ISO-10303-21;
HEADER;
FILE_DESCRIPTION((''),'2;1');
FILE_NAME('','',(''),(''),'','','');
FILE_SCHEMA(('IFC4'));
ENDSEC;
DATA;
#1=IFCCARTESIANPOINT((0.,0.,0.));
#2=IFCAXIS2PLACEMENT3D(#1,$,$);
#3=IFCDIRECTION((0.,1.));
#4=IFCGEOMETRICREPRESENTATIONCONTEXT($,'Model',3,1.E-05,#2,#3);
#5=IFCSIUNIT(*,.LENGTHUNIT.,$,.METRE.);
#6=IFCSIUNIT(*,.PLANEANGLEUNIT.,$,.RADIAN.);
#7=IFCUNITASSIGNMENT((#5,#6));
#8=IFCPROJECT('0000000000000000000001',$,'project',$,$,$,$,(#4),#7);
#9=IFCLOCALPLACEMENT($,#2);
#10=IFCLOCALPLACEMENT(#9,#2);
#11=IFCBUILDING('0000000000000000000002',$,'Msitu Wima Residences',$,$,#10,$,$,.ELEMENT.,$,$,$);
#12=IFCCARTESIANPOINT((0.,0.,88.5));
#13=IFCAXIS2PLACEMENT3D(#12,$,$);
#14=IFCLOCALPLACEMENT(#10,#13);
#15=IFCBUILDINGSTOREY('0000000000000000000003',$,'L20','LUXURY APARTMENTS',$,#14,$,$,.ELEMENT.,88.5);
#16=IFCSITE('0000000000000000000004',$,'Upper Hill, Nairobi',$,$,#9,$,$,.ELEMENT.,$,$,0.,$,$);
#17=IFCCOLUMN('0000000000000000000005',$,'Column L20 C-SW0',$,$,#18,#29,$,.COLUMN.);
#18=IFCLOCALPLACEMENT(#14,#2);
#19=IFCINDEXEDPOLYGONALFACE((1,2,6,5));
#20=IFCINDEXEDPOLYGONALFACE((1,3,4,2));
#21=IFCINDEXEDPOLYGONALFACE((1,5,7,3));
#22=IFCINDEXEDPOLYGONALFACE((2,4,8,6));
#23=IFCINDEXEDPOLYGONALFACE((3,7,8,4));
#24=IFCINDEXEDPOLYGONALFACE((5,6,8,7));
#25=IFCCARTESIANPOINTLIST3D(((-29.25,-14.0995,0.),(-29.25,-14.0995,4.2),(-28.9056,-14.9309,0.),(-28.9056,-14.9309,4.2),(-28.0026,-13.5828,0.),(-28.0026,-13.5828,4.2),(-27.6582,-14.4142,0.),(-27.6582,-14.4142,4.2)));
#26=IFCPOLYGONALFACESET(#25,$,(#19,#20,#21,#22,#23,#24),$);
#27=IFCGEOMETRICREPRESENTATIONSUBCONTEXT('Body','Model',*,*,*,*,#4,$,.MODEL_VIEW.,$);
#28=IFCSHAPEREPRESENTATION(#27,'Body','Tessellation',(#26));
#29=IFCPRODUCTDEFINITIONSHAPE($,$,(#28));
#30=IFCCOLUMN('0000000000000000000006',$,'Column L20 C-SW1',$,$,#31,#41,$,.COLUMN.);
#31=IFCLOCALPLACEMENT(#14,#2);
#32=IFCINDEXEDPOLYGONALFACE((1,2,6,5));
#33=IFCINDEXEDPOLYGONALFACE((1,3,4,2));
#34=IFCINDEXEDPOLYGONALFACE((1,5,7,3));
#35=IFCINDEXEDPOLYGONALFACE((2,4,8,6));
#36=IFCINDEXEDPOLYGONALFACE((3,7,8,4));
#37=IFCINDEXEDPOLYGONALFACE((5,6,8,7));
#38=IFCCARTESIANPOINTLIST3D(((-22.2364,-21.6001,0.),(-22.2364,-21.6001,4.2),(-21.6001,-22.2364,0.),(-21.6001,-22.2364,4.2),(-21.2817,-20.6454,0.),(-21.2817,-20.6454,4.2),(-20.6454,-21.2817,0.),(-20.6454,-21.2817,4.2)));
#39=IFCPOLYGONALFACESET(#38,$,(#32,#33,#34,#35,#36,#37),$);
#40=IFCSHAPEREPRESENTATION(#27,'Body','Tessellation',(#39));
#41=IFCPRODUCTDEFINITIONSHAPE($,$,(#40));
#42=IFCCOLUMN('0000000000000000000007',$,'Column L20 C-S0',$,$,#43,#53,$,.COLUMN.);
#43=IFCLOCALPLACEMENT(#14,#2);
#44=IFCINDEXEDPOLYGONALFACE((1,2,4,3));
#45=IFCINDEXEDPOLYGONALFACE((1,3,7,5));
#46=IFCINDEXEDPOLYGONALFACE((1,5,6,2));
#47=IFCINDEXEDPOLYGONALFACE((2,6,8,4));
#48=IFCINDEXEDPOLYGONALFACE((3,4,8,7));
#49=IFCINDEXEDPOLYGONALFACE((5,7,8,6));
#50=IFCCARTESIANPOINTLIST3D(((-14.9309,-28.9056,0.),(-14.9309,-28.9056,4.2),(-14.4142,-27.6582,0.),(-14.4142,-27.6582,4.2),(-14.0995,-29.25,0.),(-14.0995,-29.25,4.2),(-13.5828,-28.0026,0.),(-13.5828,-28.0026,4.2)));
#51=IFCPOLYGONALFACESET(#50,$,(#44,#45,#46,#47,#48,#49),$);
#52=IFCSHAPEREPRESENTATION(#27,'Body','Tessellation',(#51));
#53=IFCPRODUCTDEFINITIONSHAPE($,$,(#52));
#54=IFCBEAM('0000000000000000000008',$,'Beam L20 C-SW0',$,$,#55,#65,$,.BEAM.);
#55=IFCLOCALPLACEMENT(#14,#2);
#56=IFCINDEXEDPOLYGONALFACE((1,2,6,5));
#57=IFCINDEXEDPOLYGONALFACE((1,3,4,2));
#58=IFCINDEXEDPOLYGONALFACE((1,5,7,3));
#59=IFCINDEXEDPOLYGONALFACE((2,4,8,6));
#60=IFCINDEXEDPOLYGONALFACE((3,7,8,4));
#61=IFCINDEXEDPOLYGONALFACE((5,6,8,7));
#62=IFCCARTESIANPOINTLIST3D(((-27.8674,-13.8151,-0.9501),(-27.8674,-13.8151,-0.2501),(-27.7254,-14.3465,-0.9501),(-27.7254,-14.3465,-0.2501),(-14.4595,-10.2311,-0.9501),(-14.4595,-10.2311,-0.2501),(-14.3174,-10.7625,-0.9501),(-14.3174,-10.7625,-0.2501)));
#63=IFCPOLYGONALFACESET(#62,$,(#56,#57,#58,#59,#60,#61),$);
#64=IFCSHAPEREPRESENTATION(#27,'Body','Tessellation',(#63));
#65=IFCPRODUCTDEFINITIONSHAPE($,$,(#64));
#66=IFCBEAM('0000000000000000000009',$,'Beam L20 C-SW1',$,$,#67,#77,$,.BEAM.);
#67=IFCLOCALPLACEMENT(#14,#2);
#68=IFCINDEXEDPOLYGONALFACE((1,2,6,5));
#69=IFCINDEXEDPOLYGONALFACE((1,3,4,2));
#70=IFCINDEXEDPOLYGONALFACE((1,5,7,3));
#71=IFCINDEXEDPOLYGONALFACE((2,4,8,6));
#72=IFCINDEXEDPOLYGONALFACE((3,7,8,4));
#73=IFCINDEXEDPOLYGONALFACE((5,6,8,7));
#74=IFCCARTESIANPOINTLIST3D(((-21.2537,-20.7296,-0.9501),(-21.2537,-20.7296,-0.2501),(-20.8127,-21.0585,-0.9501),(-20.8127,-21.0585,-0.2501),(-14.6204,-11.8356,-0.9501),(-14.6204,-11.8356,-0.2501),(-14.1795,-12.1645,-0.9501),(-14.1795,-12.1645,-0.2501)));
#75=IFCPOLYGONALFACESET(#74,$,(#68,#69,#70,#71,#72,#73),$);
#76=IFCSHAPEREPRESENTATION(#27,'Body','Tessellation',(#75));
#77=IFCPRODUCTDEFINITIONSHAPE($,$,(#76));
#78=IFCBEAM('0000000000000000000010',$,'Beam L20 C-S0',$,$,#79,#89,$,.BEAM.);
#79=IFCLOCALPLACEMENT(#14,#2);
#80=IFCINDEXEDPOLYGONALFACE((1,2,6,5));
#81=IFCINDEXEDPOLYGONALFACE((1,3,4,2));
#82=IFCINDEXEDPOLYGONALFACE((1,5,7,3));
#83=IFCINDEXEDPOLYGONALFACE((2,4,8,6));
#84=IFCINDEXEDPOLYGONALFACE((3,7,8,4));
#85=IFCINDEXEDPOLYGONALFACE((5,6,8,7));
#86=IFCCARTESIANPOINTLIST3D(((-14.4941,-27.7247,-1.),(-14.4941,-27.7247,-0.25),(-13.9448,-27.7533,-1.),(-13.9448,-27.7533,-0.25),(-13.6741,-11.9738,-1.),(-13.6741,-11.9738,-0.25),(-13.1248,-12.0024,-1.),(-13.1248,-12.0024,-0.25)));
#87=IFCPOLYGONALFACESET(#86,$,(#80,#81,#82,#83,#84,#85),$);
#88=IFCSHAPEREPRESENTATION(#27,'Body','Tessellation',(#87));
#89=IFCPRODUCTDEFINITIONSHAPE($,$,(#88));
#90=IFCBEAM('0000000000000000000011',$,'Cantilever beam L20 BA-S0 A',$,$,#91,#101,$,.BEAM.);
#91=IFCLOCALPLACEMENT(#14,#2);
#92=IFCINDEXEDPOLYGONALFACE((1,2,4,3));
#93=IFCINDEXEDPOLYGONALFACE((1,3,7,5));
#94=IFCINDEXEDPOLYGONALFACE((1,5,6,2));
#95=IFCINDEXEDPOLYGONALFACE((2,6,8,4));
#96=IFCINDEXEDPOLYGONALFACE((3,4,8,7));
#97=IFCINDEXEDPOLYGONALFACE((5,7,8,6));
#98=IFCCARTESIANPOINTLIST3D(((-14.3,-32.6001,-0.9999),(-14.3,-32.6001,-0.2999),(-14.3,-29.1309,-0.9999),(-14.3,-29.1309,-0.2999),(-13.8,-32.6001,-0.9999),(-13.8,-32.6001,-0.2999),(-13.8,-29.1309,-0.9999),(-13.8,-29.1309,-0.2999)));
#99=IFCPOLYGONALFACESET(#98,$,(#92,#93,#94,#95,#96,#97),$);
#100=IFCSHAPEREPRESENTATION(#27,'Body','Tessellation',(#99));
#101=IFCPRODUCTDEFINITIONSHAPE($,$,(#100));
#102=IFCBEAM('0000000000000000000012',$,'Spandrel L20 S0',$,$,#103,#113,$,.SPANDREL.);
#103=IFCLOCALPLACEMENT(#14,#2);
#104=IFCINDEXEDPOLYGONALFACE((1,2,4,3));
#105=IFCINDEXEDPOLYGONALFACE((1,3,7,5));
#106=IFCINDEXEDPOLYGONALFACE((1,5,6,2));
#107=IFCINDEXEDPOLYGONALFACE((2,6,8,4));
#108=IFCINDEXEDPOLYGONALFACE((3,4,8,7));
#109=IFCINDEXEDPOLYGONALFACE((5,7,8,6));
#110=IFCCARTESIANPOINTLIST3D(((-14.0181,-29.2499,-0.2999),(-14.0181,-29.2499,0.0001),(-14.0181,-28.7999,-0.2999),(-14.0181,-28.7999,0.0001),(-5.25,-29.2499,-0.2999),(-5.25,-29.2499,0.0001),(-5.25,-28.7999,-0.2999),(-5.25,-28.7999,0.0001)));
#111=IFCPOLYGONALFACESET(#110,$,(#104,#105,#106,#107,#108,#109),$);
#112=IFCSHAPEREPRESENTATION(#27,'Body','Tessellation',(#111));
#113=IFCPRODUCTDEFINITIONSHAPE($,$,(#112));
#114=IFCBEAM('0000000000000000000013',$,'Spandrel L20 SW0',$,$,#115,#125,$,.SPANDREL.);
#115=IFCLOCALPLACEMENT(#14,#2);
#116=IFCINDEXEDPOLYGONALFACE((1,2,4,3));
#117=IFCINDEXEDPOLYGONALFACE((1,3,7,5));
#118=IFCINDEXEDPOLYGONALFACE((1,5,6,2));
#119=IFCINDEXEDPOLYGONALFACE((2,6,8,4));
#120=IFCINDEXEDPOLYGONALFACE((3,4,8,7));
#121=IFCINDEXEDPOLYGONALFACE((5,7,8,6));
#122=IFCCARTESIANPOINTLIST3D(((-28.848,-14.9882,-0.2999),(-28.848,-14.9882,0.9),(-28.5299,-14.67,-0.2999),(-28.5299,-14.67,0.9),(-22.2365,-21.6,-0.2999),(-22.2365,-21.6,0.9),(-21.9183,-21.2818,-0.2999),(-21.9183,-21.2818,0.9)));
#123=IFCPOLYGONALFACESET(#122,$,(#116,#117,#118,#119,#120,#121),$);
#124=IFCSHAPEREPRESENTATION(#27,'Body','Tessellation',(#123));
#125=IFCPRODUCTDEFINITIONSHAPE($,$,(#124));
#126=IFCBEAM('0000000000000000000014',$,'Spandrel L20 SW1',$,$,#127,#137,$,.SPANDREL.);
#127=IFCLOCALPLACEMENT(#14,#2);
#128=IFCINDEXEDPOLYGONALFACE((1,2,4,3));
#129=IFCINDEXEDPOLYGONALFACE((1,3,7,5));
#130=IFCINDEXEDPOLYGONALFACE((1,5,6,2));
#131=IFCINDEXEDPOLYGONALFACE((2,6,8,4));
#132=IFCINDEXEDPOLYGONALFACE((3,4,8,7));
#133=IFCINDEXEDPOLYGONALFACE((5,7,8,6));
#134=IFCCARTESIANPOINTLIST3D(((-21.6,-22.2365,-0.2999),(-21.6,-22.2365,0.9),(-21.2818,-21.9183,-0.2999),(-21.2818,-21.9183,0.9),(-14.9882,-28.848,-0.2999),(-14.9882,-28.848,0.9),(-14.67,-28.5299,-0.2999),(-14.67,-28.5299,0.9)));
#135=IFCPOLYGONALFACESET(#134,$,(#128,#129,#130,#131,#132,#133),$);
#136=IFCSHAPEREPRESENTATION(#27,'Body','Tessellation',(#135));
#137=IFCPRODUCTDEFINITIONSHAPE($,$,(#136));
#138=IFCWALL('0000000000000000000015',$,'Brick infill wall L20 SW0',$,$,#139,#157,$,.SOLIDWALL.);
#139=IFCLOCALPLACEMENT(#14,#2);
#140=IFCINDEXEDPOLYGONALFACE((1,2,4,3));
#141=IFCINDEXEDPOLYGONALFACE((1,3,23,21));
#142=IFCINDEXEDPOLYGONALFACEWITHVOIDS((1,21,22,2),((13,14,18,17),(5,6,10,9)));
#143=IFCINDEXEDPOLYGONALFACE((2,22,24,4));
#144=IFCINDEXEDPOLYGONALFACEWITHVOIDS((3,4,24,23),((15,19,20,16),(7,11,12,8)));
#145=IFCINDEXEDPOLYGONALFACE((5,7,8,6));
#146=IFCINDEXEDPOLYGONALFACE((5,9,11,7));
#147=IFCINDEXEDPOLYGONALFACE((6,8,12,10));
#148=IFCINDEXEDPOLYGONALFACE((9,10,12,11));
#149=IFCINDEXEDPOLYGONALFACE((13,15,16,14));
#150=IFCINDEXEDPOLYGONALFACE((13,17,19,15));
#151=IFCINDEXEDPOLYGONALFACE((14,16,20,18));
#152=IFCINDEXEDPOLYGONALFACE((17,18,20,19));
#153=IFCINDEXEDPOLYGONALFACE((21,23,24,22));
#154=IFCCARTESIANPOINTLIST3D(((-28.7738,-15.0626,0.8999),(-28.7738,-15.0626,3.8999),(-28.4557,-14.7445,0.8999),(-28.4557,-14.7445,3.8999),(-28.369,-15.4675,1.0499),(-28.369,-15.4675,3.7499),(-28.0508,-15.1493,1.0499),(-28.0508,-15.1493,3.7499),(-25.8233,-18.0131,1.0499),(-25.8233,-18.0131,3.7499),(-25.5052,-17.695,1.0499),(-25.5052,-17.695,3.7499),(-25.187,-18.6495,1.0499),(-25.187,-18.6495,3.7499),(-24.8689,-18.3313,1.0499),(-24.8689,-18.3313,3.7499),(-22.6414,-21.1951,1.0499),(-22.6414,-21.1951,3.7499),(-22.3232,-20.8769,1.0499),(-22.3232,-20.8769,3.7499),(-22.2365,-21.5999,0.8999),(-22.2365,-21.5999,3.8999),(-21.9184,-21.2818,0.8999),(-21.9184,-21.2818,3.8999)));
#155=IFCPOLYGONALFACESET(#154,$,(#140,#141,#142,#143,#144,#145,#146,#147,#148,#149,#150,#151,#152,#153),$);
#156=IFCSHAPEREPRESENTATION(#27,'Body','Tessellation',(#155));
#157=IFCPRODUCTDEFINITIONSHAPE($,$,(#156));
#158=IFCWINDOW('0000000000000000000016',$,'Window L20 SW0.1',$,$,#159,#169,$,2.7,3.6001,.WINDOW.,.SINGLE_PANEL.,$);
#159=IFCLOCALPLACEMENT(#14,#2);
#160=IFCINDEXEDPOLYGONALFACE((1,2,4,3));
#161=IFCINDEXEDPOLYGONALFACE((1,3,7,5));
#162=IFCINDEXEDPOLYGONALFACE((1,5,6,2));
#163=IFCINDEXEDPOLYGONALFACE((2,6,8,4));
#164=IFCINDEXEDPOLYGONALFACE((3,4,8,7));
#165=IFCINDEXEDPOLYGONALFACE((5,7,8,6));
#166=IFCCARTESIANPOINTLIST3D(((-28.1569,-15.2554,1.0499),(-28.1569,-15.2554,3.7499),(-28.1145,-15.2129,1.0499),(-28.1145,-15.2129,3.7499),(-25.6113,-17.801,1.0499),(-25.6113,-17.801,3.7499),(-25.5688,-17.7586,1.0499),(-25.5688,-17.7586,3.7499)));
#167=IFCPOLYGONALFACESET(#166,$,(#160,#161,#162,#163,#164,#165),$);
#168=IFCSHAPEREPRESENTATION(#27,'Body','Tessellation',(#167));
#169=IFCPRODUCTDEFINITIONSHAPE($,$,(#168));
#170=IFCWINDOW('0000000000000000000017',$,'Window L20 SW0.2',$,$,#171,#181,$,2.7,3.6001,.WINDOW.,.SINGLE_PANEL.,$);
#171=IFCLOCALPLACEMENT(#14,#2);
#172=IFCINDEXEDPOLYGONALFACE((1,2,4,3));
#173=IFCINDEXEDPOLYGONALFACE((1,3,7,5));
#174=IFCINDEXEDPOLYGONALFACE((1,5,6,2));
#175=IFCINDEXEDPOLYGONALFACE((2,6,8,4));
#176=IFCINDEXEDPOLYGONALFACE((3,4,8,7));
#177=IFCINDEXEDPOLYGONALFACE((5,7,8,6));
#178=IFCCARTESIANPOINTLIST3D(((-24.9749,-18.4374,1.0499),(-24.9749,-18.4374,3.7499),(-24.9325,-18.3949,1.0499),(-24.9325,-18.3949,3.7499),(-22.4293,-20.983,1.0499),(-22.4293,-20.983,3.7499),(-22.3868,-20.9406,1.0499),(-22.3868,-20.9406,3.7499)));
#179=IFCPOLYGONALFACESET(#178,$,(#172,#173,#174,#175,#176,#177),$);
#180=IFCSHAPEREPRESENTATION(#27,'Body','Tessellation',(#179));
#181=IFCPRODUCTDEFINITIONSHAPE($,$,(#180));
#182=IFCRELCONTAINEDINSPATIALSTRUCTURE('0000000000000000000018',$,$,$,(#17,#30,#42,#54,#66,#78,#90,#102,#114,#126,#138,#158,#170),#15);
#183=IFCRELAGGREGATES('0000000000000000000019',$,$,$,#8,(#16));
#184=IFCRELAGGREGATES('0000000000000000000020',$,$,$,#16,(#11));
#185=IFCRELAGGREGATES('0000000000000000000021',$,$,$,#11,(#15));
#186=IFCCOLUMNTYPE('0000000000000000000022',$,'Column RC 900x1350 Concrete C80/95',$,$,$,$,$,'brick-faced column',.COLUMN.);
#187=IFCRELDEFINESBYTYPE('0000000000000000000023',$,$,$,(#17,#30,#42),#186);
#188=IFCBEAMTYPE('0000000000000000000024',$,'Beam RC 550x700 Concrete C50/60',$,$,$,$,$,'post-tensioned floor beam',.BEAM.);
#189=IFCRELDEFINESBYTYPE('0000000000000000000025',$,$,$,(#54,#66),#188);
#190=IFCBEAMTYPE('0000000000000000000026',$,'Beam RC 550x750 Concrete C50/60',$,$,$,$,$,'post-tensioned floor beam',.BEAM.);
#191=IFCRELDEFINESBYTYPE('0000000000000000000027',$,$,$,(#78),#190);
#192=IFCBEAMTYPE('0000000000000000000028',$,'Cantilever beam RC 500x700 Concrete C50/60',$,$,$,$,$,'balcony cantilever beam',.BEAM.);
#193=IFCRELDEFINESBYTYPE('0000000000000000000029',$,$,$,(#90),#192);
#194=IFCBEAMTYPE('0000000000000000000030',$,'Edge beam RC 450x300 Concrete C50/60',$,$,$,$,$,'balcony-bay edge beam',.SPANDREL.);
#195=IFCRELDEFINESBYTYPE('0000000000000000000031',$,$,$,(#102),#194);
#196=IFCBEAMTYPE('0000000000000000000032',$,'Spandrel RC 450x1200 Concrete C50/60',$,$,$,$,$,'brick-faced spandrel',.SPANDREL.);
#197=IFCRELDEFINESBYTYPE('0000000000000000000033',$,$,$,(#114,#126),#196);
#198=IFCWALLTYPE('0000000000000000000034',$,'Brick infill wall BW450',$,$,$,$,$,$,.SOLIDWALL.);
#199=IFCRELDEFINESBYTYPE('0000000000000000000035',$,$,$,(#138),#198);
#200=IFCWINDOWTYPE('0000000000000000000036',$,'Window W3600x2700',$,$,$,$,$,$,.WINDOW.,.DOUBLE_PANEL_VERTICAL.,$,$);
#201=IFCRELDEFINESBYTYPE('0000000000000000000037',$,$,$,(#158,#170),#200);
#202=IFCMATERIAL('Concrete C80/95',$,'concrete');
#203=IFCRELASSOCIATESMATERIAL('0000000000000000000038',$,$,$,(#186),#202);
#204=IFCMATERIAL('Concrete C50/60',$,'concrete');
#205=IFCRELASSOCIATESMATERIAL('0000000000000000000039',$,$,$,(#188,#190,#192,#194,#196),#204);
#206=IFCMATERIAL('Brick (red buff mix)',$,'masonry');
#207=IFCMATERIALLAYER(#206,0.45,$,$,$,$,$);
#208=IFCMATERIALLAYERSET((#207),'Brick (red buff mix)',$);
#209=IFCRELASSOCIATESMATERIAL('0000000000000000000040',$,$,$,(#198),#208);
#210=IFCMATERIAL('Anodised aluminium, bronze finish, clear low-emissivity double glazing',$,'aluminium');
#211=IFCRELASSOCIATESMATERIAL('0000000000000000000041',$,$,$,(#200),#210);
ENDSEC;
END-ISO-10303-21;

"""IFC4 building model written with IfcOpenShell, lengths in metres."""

from ifc_helpers import new_model, si_unit, direction, frame, frame_2d, origin, origin_2d, place, context, subcontext, project, spatial, rectangle, extrude, material, layer, layer_set, material_profile, profile_set, type_object, element, fill, save


model = new_model("IFC4")

# Units and contexts
model_context = context("Model", 3, precision=1e-05, world=origin(), true_north=direction((0.0, 1.0)))
body_context = subcontext(model_context, "Body", "Model", "MODEL_VIEW")
ifc_project = project(units=[si_unit("LENGTHUNIT", "METRE"), si_unit("PLANEANGLEUNIT", "RADIAN")], contexts=[model_context])

# Site, building, storey
site_placement = place(None, origin())
site = spatial("IfcSite", under=ifc_project, at=site_placement, Name="Upper Hill, Nairobi", CompositionType="ELEMENT", RefElevation=0.0)
building_placement = place(site_placement, origin())
building = spatial("IfcBuilding", under=site, at=building_placement, Name="Msitu Wima Residences", CompositionType="ELEMENT")
storey_placement = place(building_placement, frame((0.0, 0.0, 88.5)))
storey = spatial("IfcBuildingStorey", under=building, at=storey_placement, Name="L20", Description="LUXURY APARTMENTS", CompositionType="ELEMENT", Elevation=88.5)

# Columns
ifc_material_1 = material(Name="Concrete C80/95", Category="concrete")
ifc_material_profile_1 = material_profile(ifc_material_1, rectangle(XDim=0.8999, YDim=1.3501, at=origin_2d()), Name="RC 900x1350")
ifc_profile_set_1 = profile_set([ifc_material_profile_1], Name="Concrete C80/95")
column_type = type_object("IfcColumnType", Name="Column RC 900x1350 Concrete C80/95", ElementType="brick-faced column", PredefinedType="COLUMN", material=ifc_profile_set_1)
for number, where, z_axis, x_axis, name in (
    (1, (-28.4541, -14.2568, 0.0), (0.0, 0.0, 1.0), (0.382683, -0.92388, 0.0), "Column L20 C-SW0"),
    (2, (-21.4409, -21.4409, 0.0), (0.0, 0.0, 1.0), (0.707107, -0.707107, 0.0), "Column L20 C-SW1"),
    (3, (-14.2568, -28.4541, 0.0), (0.0, 0.0, 1.0), (0.92388, -0.382683, 0.0), "Column L20 C-S0"),
):
    element("IfcColumn", number, at=place(storey_placement, frame(where, z_axis=z_axis, x_axis=x_axis)), inside=storey, type_object=column_type, Name=name, PredefinedType="COLUMN", context=body_context, shape_type="SweptSolid", body=[
        extrude(rectangle(XDim=0.8999, YDim=1.3501, at=origin_2d()), origin(), (0.0, 0.0, 1.0), 4.2),
    ])

# Beams
ifc_material_2 = material(Name="Concrete C50/60", Category="concrete")
ifc_material_profile_2 = material_profile(ifc_material_2, rectangle(XDim=0.55, YDim=0.7, at=origin_2d()), Name="RC 550x700")
ifc_profile_set_2 = profile_set([ifc_material_profile_2], Name="Concrete C50/60")
beam_type_1 = type_object("IfcBeamType", Name="Beam RC 550x700 Concrete C50/60", ElementType="post-tensioned floor beam", PredefinedType="BEAM", material=ifc_profile_set_2)
beam_1_placement = place(storey_placement, frame((-27.7964, -14.0808, -0.6001), z_axis=(0.966082, 0.258236, 0.0), x_axis=(-0.258236, 0.966082, 0.0)))
element("IfcBeam", 4, at=beam_1_placement, inside=storey, type_object=beam_type_1, Name="Beam L20 C-SW0", PredefinedType="BEAM", context=body_context, shape_type="SweptSolid", body=[
    extrude(rectangle(XDim=0.55, YDim=0.7, at=origin_2d()), origin(), (0.0, 0.0, 1.0), 13.8787),
])
beam_2_placement = place(storey_placement, frame((-21.0332, -20.894, -0.6001), z_axis=(0.59785, 0.801608, 0.0), x_axis=(-0.801608, 0.59785, 0.0)))
element("IfcBeam", 5, at=beam_2_placement, inside=storey, type_object=beam_type_1, Name="Beam L20 C-SW1", PredefinedType="BEAM", context=body_context, shape_type="SweptSolid", body=[
    extrude(rectangle(XDim=0.55, YDim=0.7, at=origin_2d()), origin(), (0.0, 0.0, 1.0), 11.0952),
])
ifc_material_profile_3 = material_profile(ifc_material_2, rectangle(XDim=0.55, YDim=0.75, at=origin_2d()), Name="RC 550x750")
ifc_profile_set_3 = profile_set([ifc_material_profile_3], Name="Concrete C50/60")
beam_type_2 = type_object("IfcBeamType", Name="Beam RC 550x750 Concrete C50/60", ElementType="post-tensioned floor beam", PredefinedType="BEAM", material=ifc_profile_set_3)
beam_3_placement = place(storey_placement, frame((-14.2195, -27.739, -0.625), z_axis=(0.051994, 0.998647, 0.0), x_axis=(-0.998647, 0.051994, 0.0)))
element("IfcBeam", 6, at=beam_3_placement, inside=storey, type_object=beam_type_2, Name="Beam L20 C-S0", PredefinedType="BEAM", context=body_context, shape_type="SweptSolid", body=[
    extrude(rectangle(XDim=0.55, YDim=0.75, at=origin_2d()), origin(), (0.0, 0.0, 1.0), 15.7722),
])
ifc_material_profile_4 = material_profile(ifc_material_2, rectangle(XDim=0.5, YDim=0.7, at=origin_2d()), Name="RC 500x700")
ifc_profile_set_4 = profile_set([ifc_material_profile_4], Name="Concrete C50/60")
beam_type_3 = type_object("IfcBeamType", Name="Cantilever beam RC 500x700 Concrete C50/60", ElementType="balcony cantilever beam", PredefinedType="BEAM", material=ifc_profile_set_4)
beam_4_placement = place(storey_placement, frame((-14.05, -29.1309, -0.6499), z_axis=(0.0, -1.0, 0.0), x_axis=(1.0, 0.0, 0.0)))
element("IfcBeam", 7, at=beam_4_placement, inside=storey, type_object=beam_type_3, Name="Cantilever beam L20 BA-S0 A", PredefinedType="BEAM", context=body_context, shape_type="SweptSolid", body=[
    extrude(rectangle(XDim=0.5, YDim=0.7, at=origin_2d()), origin(), (0.0, 0.0, 1.0), 3.4692),
])
ifc_material_profile_5 = material_profile(ifc_material_2, rectangle(XDim=0.45, YDim=0.3, at=origin_2d()), Name="RC 450x300")
ifc_profile_set_5 = profile_set([ifc_material_profile_5], Name="Concrete C50/60")
beam_type_4 = type_object("IfcBeamType", Name="Edge beam RC 450x300 Concrete C50/60", ElementType="balcony-bay edge beam", PredefinedType="SPANDREL", material=ifc_profile_set_5)
beam_5_placement = place(storey_placement, frame((-14.0181, -29.0249, -0.1499), z_axis=(1.0, 0.0, 0.0), x_axis=(0.0, 1.0, 0.0)))
element("IfcBeam", 8, at=beam_5_placement, inside=storey, type_object=beam_type_4, Name="Spandrel L20 S0", PredefinedType="SPANDREL", context=body_context, shape_type="SweptSolid", body=[
    extrude(rectangle(XDim=0.45, YDim=0.3, at=origin_2d()), origin(), (0.0, 0.0, 1.0), 8.7681),
])
ifc_material_profile_6 = material_profile(ifc_material_2, rectangle(XDim=0.45, YDim=1.2, at=origin_2d()), Name="RC 450x1200")
ifc_profile_set_6 = profile_set([ifc_material_profile_6], Name="Concrete C50/60")
beam_type_5 = type_object("IfcBeamType", Name="Spandrel RC 450x1200 Concrete C50/60", ElementType="brick-faced spandrel", PredefinedType="SPANDREL", material=ifc_profile_set_6)
for number, where, z_axis, x_axis, name in (
    (9, (-28.689, -14.8291, 0.3), (0.707094, -0.70712, 0.0), (0.70712, 0.707094, 0.0), "Spandrel L20 SW0"),
    (10, (-21.4409, -22.0774, 0.3), (0.70712, -0.707094, 0.0), (0.707094, 0.70712, 0.0), "Spandrel L20 SW1"),
):
    element("IfcBeam", number, at=place(storey_placement, frame(where, z_axis=z_axis, x_axis=x_axis)), inside=storey, type_object=beam_type_5, Name=name, PredefinedType="SPANDREL", context=body_context, shape_type="SweptSolid", body=[
        extrude(rectangle(XDim=0.45, YDim=1.2, at=origin_2d()), origin(), (0.0, 0.0, 1.0), 9.3503),
    ])

# Wall, openings, windows
ifc_material_3 = material(Name="Brick (red buff mix)", Category="masonry")
ifc_layer_1 = layer(ifc_material_3, 0.45)
ifc_layer_set_1 = layer_set([ifc_layer_1], Name="Brick (red buff mix)")
wall_type_1 = type_object("IfcWallType", Name="Brick infill wall BW450", PredefinedType="SOLIDWALL", material=ifc_layer_set_1)
wall_1_placement = place(storey_placement, frame((-28.6147, -14.9036, 0.8999), z_axis=(0.0, 0.0, 1.0), x_axis=(0.707107, -0.707107, 0.0)))
wall_1 = element("IfcWall", 11, at=wall_1_placement, inside=storey, type_object=wall_type_1, Name="Brick infill wall L20 SW0", PredefinedType="SOLIDWALL", context=body_context, shape_type="SweptSolid", body=[
    extrude(rectangle(XDim=9.2451, YDim=0.45, at=frame_2d((4.6226, 0.0))), origin(), (0.0, 0.0, 1.0), 3.0),
])
opening_1_placement = place(wall_1_placement, frame((0.5725, 0.0, 0.1499)))
opening_1 = element("IfcOpeningElement", 12, at=opening_1_placement, cuts=wall_1, PredefinedType="OPENING", context=body_context, shape_type="SweptSolid", body=[
    extrude(rectangle(XDim=3.6001, YDim=2.7, at=frame_2d((1.8, 1.3501))), frame((0.0, 0.2349, 0.0), z_axis=(0.0, -1.0, 0.0), x_axis=(1.0, 0.0, 0.0)), (0.0, 0.0, 1.0), 0.47),
])
opening_2_placement = place(wall_1_placement, frame((5.0725, 0.0, 0.1499)))
opening_2 = element("IfcOpeningElement", 13, at=opening_2_placement, cuts=wall_1, PredefinedType="OPENING", context=body_context, shape_type="SweptSolid", body=[
    extrude(rectangle(XDim=3.6001, YDim=2.7, at=frame_2d((1.8, 1.3501))), frame((0.0, 0.2349, 0.0), z_axis=(0.0, -1.0, 0.0), x_axis=(1.0, 0.0, 0.0)), (0.0, 0.0, 1.0), 0.47),
])
ifc_material_4 = material(Name="Anodised aluminium, bronze finish, clear low-emissivity double glazing", Category="aluminium")
window_type = type_object("IfcWindowType", Name="Window W3600x2700", PartitioningType="DOUBLE_PANEL_VERTICAL", PredefinedType="WINDOW", material=ifc_material_4)
window_1_placement = place(opening_1_placement, origin())
window_1 = element("IfcWindow", 14, at=window_1_placement, inside=storey, type_object=window_type, Name="Window L20 SW0.1", OverallHeight=2.7, OverallWidth=3.6001, PartitioningType="SINGLE_PANEL", PredefinedType="WINDOW", context=body_context, shape_type="SweptSolid", body=[
    extrude(rectangle(XDim=3.6001, YDim=2.7, at=frame_2d((1.8, 1.3501))), frame((0.0, 0.135, 0.0), z_axis=(0.0, -1.0, 0.0), x_axis=(1.0, 0.0, 0.0)), (0.0, 0.0, 1.0), 0.0601),
])
fill(opening_1, window_1)
window_2_placement = place(opening_2_placement, origin())
window_2 = element("IfcWindow", 15, at=window_2_placement, inside=storey, type_object=window_type, Name="Window L20 SW0.2", OverallHeight=2.7, OverallWidth=3.6001, PartitioningType="SINGLE_PANEL", PredefinedType="WINDOW", context=body_context, shape_type="SweptSolid", body=[
    extrude(rectangle(XDim=3.6001, YDim=2.7, at=frame_2d((1.8, 1.3501))), frame((0.0, 0.135, 0.0), z_axis=(0.0, -1.0, 0.0), x_axis=(1.0, 0.0, 0.0)), (0.0, 0.0, 1.0), 0.0601),
])
fill(opening_2, window_2)

save(model, "model.ifc")
